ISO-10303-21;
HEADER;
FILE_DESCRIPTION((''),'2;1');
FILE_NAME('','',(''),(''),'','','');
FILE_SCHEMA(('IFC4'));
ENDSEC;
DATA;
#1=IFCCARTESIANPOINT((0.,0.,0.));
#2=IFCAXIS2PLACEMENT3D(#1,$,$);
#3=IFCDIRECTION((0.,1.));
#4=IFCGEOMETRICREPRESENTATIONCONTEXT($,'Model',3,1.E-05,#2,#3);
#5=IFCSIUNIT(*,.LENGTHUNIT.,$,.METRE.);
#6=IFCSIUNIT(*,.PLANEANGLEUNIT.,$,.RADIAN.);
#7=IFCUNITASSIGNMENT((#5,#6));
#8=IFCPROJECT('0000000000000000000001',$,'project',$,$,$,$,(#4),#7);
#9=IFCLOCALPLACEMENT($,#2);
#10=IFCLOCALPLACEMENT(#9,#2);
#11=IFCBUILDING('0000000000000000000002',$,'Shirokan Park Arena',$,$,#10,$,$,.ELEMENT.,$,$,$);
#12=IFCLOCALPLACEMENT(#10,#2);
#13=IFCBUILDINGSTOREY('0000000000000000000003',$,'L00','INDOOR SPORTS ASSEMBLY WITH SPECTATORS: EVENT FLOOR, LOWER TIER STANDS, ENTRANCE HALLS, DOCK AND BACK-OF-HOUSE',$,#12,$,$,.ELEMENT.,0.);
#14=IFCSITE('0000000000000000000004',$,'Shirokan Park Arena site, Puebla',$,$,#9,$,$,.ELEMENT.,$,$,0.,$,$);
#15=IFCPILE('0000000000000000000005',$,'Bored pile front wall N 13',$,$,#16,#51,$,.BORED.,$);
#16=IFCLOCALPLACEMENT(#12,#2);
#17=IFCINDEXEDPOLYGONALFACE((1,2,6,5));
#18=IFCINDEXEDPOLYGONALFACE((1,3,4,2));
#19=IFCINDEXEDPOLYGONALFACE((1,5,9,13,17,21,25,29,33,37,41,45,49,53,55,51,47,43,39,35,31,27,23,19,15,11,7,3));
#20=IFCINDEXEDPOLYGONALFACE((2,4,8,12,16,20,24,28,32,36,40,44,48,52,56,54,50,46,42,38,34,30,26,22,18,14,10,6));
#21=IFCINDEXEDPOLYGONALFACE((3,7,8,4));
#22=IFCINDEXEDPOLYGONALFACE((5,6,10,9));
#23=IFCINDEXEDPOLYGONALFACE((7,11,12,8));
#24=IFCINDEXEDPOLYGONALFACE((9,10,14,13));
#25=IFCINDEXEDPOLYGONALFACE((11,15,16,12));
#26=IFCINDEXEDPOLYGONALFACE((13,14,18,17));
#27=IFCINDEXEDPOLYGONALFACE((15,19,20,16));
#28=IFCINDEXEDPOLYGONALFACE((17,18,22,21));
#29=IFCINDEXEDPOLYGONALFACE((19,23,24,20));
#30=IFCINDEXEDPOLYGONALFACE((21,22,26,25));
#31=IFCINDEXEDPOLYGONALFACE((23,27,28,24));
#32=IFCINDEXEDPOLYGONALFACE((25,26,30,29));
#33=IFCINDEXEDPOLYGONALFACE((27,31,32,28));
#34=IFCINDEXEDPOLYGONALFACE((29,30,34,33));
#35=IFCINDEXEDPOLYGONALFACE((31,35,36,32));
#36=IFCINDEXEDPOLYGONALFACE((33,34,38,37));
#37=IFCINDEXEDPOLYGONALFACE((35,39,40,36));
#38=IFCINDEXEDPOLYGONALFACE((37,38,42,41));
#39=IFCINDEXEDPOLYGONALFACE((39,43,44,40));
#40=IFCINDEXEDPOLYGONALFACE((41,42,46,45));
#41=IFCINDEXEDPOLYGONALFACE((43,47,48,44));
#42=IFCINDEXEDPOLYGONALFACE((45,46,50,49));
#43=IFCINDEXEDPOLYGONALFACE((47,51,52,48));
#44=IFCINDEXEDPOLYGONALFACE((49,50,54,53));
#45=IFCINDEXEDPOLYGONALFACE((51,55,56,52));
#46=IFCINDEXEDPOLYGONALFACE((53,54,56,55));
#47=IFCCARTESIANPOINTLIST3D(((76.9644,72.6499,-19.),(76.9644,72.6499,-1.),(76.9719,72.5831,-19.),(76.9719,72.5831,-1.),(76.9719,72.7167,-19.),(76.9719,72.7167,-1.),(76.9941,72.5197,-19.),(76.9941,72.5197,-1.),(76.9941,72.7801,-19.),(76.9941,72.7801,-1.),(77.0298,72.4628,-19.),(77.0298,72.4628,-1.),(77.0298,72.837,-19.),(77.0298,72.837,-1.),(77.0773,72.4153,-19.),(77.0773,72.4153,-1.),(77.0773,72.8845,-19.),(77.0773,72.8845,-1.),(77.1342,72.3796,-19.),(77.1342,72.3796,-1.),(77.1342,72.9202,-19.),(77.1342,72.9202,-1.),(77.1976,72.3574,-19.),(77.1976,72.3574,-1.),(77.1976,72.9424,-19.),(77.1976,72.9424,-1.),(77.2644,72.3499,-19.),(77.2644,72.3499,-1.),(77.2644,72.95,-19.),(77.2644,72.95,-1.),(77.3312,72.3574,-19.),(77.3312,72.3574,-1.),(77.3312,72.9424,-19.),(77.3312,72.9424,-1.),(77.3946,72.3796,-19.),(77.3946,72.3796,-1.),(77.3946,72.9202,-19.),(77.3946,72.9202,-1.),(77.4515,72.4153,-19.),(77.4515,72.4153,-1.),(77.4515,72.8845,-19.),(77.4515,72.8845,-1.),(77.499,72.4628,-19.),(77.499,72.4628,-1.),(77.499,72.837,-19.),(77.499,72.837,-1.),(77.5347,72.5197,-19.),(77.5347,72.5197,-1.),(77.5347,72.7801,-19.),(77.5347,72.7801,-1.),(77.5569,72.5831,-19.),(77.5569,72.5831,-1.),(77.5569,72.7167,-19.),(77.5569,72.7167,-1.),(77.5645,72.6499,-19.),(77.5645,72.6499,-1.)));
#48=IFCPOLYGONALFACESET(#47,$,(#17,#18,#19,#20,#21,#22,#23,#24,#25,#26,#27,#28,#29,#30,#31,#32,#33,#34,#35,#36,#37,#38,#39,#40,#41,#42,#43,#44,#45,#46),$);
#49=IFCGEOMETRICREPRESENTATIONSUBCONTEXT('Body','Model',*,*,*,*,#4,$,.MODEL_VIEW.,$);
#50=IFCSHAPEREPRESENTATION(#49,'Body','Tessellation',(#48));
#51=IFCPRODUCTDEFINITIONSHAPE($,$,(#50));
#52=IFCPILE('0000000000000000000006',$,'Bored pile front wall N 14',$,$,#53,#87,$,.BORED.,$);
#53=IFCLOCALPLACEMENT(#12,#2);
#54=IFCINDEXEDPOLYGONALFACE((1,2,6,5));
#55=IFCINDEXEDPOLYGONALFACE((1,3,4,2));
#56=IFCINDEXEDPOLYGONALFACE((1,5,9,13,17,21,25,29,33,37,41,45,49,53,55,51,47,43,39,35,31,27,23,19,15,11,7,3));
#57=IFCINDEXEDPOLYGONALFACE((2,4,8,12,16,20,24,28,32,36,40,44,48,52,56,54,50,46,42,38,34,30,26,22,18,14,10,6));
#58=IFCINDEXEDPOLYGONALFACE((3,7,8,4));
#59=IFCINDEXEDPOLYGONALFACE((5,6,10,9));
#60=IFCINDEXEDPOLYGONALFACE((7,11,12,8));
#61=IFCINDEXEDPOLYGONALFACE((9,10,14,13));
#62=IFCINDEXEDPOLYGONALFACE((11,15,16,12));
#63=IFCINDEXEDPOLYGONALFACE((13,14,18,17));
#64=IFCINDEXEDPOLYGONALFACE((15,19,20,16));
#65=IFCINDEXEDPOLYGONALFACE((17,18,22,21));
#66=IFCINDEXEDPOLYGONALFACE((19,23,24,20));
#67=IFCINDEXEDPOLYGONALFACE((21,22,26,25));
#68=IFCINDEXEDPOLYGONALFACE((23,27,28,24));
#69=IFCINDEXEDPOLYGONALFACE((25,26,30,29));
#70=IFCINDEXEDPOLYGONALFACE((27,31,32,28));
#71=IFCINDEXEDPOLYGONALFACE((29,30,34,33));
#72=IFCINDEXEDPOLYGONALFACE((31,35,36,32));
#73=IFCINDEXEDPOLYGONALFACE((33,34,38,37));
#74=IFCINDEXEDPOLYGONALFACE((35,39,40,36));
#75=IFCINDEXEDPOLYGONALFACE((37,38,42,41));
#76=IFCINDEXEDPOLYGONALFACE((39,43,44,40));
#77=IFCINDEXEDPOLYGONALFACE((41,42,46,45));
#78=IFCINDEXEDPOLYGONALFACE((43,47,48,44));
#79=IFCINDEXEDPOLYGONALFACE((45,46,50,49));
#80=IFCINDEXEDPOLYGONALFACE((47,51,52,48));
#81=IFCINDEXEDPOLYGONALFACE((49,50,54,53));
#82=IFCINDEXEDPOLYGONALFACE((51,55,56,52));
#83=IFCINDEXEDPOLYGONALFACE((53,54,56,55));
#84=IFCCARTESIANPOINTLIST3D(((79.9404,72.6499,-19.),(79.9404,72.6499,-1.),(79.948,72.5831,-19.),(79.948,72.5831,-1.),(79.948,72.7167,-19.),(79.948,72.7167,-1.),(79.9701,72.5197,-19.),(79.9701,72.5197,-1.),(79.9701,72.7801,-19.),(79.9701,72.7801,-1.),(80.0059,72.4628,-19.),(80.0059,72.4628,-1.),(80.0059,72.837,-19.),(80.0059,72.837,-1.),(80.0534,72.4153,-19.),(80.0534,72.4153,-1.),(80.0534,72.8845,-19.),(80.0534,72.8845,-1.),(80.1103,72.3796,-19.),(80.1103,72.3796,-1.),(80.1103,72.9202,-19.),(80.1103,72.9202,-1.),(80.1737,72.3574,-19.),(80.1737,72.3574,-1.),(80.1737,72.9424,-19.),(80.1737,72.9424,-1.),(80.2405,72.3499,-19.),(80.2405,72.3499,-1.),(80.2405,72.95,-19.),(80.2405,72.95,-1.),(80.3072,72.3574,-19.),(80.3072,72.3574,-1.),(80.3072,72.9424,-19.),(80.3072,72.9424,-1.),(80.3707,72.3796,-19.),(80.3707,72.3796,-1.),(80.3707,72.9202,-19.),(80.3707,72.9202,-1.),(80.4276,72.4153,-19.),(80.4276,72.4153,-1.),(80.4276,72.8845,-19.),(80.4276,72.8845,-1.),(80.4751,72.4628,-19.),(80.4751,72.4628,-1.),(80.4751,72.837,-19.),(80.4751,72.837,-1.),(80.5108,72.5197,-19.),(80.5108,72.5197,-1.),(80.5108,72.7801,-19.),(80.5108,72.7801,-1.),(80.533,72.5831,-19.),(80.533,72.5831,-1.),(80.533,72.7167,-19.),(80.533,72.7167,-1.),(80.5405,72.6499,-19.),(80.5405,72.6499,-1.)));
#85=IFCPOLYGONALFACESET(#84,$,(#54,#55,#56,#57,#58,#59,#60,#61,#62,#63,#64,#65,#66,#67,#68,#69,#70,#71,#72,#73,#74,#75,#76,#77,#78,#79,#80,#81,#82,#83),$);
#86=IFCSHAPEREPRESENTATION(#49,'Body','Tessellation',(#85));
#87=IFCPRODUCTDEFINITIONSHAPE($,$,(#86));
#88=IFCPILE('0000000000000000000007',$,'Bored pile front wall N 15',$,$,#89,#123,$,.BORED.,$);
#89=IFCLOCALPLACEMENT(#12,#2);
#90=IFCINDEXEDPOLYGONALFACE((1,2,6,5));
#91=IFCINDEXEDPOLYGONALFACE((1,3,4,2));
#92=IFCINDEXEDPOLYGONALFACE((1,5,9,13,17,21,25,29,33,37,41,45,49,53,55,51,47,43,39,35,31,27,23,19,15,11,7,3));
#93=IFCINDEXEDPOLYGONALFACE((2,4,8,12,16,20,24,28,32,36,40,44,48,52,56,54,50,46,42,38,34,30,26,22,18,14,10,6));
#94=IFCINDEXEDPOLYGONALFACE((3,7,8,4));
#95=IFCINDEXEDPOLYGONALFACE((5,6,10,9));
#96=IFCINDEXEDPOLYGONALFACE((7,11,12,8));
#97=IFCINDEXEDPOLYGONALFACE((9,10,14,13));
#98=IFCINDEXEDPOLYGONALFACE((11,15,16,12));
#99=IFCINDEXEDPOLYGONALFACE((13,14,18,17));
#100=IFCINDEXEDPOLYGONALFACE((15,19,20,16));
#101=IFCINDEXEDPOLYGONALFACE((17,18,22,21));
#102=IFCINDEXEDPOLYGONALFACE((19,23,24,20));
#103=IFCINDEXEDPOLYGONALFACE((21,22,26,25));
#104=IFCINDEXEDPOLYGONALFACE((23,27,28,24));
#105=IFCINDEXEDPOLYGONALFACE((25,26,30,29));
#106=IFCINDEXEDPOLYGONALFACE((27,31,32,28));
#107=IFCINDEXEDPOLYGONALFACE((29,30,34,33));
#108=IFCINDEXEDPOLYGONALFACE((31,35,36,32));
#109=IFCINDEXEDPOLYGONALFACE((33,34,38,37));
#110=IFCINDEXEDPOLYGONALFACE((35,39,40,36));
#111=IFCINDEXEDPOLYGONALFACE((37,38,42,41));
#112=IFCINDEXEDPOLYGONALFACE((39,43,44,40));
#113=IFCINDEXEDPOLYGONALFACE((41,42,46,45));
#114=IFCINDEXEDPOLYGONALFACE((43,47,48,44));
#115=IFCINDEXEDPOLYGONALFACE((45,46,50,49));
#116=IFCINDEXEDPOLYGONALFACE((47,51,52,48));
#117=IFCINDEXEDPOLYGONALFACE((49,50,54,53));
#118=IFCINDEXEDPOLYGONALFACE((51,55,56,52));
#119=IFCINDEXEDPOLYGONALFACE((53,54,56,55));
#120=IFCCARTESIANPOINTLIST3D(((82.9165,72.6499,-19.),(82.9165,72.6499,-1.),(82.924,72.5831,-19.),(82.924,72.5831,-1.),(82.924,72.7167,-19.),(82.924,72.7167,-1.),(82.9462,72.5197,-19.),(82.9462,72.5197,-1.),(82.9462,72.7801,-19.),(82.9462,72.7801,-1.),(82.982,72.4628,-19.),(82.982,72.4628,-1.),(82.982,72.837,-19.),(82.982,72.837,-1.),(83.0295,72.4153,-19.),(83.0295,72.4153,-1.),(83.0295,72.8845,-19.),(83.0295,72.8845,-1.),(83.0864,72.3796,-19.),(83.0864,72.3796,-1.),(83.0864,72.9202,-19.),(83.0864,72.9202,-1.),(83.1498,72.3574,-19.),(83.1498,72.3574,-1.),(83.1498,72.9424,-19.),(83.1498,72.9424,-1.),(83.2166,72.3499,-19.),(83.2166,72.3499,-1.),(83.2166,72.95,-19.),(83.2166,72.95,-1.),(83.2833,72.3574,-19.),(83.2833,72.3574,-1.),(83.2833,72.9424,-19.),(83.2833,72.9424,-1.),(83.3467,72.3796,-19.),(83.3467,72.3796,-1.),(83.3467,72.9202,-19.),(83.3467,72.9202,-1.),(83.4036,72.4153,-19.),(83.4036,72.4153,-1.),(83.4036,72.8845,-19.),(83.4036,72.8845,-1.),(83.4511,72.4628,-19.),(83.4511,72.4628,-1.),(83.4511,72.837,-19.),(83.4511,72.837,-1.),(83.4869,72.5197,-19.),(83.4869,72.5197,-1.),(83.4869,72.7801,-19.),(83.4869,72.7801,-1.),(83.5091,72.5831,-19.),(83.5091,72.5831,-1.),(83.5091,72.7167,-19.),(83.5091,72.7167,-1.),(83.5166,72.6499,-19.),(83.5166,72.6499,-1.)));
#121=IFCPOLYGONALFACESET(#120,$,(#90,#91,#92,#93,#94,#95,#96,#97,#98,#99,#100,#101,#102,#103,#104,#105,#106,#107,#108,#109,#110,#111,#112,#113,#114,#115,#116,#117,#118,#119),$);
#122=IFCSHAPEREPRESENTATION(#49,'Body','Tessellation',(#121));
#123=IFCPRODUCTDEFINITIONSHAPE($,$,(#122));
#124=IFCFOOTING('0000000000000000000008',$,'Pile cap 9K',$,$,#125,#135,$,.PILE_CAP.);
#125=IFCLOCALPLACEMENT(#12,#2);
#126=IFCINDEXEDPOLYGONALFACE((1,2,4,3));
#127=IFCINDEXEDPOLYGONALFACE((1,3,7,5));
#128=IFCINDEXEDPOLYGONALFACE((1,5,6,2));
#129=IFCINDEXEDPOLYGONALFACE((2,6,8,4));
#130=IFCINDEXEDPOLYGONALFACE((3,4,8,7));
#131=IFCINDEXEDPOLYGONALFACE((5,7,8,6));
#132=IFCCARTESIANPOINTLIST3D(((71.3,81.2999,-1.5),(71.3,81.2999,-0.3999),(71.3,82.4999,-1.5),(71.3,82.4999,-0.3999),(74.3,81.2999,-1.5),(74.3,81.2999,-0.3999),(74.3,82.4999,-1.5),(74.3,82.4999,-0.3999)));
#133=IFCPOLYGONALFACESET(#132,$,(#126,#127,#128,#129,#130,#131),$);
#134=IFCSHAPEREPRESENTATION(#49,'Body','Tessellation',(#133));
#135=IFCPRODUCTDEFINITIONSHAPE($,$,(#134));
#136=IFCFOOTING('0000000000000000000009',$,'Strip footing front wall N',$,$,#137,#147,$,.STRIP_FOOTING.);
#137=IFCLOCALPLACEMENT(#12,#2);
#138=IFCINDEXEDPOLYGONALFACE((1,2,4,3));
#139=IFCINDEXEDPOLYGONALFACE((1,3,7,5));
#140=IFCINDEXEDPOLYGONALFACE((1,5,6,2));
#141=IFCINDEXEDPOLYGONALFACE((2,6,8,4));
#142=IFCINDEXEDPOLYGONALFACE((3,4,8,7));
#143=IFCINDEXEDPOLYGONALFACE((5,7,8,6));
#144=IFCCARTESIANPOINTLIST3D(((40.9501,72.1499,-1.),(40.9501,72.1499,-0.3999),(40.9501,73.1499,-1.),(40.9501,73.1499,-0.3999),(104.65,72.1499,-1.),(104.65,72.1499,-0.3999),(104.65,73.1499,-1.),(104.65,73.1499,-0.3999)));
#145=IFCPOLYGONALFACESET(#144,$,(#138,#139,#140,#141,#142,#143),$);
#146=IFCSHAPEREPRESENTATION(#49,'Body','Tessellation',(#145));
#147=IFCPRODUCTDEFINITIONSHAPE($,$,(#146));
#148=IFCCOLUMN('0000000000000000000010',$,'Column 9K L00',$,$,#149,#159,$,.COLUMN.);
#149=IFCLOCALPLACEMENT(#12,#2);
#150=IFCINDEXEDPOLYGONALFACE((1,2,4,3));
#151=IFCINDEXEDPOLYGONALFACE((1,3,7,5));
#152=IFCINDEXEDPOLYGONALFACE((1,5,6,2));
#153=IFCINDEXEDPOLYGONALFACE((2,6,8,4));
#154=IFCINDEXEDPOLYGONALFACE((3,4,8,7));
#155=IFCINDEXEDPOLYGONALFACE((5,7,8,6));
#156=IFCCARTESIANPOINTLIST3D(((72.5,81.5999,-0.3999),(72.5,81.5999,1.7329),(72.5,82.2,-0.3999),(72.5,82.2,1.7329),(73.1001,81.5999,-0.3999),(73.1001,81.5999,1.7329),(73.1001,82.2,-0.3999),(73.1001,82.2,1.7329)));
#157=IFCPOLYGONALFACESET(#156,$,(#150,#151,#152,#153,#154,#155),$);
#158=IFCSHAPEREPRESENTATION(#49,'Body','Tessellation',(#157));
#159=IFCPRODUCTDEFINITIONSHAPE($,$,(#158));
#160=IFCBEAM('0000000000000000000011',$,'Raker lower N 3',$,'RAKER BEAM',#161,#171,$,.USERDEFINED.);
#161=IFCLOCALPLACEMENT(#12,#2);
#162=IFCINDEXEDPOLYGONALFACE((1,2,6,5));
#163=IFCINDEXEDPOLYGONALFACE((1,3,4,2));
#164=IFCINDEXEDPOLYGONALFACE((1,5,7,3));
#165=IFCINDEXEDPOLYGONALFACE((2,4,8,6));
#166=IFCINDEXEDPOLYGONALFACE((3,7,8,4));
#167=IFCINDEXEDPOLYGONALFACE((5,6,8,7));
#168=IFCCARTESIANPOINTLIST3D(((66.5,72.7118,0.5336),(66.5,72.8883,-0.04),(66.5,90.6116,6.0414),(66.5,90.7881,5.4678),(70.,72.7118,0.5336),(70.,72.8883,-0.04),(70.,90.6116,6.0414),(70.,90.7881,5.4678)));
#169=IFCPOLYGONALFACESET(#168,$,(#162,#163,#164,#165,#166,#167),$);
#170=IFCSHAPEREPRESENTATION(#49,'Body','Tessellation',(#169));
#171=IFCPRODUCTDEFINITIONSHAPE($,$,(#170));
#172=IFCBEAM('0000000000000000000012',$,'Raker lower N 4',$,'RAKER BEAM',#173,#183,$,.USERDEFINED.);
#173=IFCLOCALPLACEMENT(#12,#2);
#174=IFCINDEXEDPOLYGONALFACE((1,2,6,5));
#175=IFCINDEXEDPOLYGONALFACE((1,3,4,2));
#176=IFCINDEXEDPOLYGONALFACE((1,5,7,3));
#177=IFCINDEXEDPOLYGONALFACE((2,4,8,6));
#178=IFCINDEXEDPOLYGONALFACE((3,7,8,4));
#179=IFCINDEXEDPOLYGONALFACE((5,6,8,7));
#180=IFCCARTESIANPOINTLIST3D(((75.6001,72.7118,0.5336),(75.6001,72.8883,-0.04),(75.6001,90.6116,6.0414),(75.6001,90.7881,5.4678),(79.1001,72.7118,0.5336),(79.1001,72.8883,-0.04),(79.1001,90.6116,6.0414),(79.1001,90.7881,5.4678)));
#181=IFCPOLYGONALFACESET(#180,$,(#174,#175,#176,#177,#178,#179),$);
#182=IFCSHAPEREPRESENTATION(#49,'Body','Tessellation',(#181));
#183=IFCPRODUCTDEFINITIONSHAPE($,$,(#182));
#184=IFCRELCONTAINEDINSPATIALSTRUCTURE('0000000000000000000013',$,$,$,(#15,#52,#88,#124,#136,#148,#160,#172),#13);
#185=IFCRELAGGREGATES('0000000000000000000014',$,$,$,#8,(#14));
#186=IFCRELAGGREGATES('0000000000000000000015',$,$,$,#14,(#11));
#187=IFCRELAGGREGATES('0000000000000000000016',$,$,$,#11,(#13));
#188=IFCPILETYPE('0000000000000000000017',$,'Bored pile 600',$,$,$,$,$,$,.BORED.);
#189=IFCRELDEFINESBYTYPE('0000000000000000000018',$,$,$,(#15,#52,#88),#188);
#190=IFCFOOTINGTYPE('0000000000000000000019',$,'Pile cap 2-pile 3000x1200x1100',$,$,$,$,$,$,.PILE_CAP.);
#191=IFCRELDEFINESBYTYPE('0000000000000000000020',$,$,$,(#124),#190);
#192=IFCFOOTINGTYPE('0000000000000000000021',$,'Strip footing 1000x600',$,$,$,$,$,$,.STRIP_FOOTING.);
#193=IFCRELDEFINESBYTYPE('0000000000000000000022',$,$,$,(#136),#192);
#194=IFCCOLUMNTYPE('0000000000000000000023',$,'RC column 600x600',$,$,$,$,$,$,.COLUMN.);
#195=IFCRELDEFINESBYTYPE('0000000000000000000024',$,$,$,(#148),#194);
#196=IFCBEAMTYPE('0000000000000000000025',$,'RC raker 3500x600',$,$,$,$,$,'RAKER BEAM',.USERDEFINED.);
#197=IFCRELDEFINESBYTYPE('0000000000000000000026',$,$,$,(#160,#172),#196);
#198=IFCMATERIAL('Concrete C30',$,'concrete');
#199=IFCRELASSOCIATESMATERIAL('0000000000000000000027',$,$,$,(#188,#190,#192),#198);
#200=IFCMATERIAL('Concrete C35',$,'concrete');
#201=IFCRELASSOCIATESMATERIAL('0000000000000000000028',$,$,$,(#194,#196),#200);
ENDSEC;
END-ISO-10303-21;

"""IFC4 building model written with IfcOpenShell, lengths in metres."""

from ifc_helpers import new_model, si_unit, direction, frame, origin, origin_2d, place, context, subcontext, project, spatial, rectangle, circle, extrude, material, material_profile, profile_set, type_object, element, save


model = new_model("IFC4")

# Units and contexts
model_context = context("Model", 3, precision=1e-05, world=origin(), true_north=direction((0.0, 1.0)))
body_context = subcontext(model_context, "Body", "Model", "MODEL_VIEW")
ifc_project = project(units=[si_unit("LENGTHUNIT", "METRE"), si_unit("PLANEANGLEUNIT", "RADIAN")], contexts=[model_context])

# Site, building, storey
site_placement = place(None, origin())
site = spatial("IfcSite", under=ifc_project, at=site_placement, Name="Shirokan Park Arena site, Puebla", CompositionType="ELEMENT", RefElevation=0.0)
building_placement = place(site_placement, origin())
building = spatial("IfcBuilding", under=site, at=building_placement, Name="Shirokan Park Arena", CompositionType="ELEMENT")
storey_placement = place(building_placement, origin())
storey = spatial("IfcBuildingStorey", under=building, at=storey_placement, Name="L00", Description="INDOOR SPORTS ASSEMBLY WITH SPECTATORS: EVENT FLOOR, LOWER TIER STANDS, ENTRANCE HALLS, DOCK AND BACK-OF-HOUSE", CompositionType="ELEMENT", Elevation=0.0)

# Piles
ifc_material_1 = material(Name="Concrete C30", Category="concrete")
ifc_material_profile_1 = material_profile(ifc_material_1, circle(Radius=0.3, at=origin_2d()), Name="D600")
ifc_profile_set_1 = profile_set([ifc_material_profile_1], Name="Concrete C30")
pile_type = type_object("IfcPileType", Name="Bored pile 600", PredefinedType="BORED", material=ifc_profile_set_1)
for number, where, z_axis, x_axis, name in (
    (1, (77.2644, 72.6499, -1.0), (0.0, 0.0, -1.0), (1.0, 0.0, 0.0), "Bored pile front wall N 13"),
    (2, (80.2405, 72.6499, -1.0), (0.0, 0.0, -1.0), (1.0, 0.0, 0.0), "Bored pile front wall N 14"),
    (3, (83.2166, 72.6499, -1.0), (0.0, 0.0, -1.0), (1.0, 0.0, 0.0), "Bored pile front wall N 15"),
):
    element("IfcPile", number, at=place(storey_placement, frame(where, z_axis=z_axis, x_axis=x_axis)), inside=storey, type_object=pile_type, Name=name, PredefinedType="BORED", context=body_context, shape_type="SweptSolid", body=[
        extrude(circle(Radius=0.3, at=origin_2d()), origin(), (0.0, 0.0, 1.0), 18.0),
    ])

# Footings
footing_type_1 = type_object("IfcFootingType", Name="Pile cap 2-pile 3000x1200x1100", PredefinedType="PILE_CAP", material=ifc_material_1)
footing_1_placement = place(storey_placement, frame((72.8, 81.8999, -1.5), z_axis=(0.0, 0.0, 1.0), x_axis=(1.0, 0.0, 0.0)))
element("IfcFooting", 4, at=footing_1_placement, inside=storey, type_object=footing_type_1, Name="Pile cap 9K", PredefinedType="PILE_CAP", context=body_context, shape_type="SweptSolid", body=[
    extrude(rectangle(XDim=3.0, YDim=1.2, at=origin_2d()), origin(), (0.0, 0.0, 1.0), 1.1001),
])
footing_type_2 = type_object("IfcFootingType", Name="Strip footing 1000x600", PredefinedType="STRIP_FOOTING", material=ifc_material_1)
footing_2_placement = place(storey_placement, frame((72.8, 72.6499, -1.0), z_axis=(0.0, 0.0, 1.0), x_axis=(1.0, 0.0, 0.0)))
element("IfcFooting", 5, at=footing_2_placement, inside=storey, type_object=footing_type_2, Name="Strip footing front wall N", PredefinedType="STRIP_FOOTING", context=body_context, shape_type="SweptSolid", body=[
    extrude(rectangle(XDim=63.7, YDim=1.0, at=origin_2d()), origin(), (0.0, 0.0, 1.0), 0.6001),
])

# Column
ifc_material_2 = material(Name="Concrete C35", Category="concrete")
ifc_material_profile_2 = material_profile(ifc_material_2, rectangle(XDim=0.6001, YDim=0.6001, at=origin_2d()), Name="600x600")
ifc_profile_set_2 = profile_set([ifc_material_profile_2], Name="Concrete C35")
column_type = type_object("IfcColumnType", Name="RC column 600x600", PredefinedType="COLUMN", material=ifc_profile_set_2)
column_placement = place(storey_placement, frame((72.8, 81.8999, -0.3999), z_axis=(0.0, 0.0, 1.0), x_axis=(1.0, 0.0, 0.0)))
element("IfcColumn", 6, at=column_placement, inside=storey, type_object=column_type, Name="Column 9K L00", PredefinedType="COLUMN", context=body_context, shape_type="SweptSolid", body=[
    extrude(rectangle(XDim=0.6001, YDim=0.6001, at=origin_2d()), origin(), (0.0, 0.0, 1.0), 2.1328),
])

# Beams
ifc_material_profile_3 = material_profile(ifc_material_2, rectangle(XDim=3.5, YDim=0.6001, at=origin_2d()), Name="3500x600")
ifc_profile_set_3 = profile_set([ifc_material_profile_3], Name="Concrete C35")
beam_type = type_object("IfcBeamType", Name="RC raker 3500x600", ElementType="RAKER BEAM", PredefinedType="USERDEFINED", material=ifc_profile_set_3)
for number, where, z_axis, x_axis, name in (
    (7, (68.25, 72.8, 0.2468), (0.0, 0.955777, 0.294093), (-1.0, 0.0, 0.0), "Raker lower N 3"),
    (8, (77.3501, 72.8, 0.2468), (0.0, 0.955777, 0.294093), (-1.0, 0.0, 0.0), "Raker lower N 4"),
):
    element("IfcBeam", number, at=place(storey_placement, frame(where, z_axis=z_axis, x_axis=x_axis)), inside=storey, type_object=beam_type, Name=name, ObjectType="RAKER BEAM", PredefinedType="USERDEFINED", context=body_context, shape_type="SweptSolid", body=[
        extrude(rectangle(XDim=3.5, YDim=0.6001, at=origin_2d()), origin(), (0.0, 0.0, 1.0), 18.728),
    ])

save(model, "model.ifc")
